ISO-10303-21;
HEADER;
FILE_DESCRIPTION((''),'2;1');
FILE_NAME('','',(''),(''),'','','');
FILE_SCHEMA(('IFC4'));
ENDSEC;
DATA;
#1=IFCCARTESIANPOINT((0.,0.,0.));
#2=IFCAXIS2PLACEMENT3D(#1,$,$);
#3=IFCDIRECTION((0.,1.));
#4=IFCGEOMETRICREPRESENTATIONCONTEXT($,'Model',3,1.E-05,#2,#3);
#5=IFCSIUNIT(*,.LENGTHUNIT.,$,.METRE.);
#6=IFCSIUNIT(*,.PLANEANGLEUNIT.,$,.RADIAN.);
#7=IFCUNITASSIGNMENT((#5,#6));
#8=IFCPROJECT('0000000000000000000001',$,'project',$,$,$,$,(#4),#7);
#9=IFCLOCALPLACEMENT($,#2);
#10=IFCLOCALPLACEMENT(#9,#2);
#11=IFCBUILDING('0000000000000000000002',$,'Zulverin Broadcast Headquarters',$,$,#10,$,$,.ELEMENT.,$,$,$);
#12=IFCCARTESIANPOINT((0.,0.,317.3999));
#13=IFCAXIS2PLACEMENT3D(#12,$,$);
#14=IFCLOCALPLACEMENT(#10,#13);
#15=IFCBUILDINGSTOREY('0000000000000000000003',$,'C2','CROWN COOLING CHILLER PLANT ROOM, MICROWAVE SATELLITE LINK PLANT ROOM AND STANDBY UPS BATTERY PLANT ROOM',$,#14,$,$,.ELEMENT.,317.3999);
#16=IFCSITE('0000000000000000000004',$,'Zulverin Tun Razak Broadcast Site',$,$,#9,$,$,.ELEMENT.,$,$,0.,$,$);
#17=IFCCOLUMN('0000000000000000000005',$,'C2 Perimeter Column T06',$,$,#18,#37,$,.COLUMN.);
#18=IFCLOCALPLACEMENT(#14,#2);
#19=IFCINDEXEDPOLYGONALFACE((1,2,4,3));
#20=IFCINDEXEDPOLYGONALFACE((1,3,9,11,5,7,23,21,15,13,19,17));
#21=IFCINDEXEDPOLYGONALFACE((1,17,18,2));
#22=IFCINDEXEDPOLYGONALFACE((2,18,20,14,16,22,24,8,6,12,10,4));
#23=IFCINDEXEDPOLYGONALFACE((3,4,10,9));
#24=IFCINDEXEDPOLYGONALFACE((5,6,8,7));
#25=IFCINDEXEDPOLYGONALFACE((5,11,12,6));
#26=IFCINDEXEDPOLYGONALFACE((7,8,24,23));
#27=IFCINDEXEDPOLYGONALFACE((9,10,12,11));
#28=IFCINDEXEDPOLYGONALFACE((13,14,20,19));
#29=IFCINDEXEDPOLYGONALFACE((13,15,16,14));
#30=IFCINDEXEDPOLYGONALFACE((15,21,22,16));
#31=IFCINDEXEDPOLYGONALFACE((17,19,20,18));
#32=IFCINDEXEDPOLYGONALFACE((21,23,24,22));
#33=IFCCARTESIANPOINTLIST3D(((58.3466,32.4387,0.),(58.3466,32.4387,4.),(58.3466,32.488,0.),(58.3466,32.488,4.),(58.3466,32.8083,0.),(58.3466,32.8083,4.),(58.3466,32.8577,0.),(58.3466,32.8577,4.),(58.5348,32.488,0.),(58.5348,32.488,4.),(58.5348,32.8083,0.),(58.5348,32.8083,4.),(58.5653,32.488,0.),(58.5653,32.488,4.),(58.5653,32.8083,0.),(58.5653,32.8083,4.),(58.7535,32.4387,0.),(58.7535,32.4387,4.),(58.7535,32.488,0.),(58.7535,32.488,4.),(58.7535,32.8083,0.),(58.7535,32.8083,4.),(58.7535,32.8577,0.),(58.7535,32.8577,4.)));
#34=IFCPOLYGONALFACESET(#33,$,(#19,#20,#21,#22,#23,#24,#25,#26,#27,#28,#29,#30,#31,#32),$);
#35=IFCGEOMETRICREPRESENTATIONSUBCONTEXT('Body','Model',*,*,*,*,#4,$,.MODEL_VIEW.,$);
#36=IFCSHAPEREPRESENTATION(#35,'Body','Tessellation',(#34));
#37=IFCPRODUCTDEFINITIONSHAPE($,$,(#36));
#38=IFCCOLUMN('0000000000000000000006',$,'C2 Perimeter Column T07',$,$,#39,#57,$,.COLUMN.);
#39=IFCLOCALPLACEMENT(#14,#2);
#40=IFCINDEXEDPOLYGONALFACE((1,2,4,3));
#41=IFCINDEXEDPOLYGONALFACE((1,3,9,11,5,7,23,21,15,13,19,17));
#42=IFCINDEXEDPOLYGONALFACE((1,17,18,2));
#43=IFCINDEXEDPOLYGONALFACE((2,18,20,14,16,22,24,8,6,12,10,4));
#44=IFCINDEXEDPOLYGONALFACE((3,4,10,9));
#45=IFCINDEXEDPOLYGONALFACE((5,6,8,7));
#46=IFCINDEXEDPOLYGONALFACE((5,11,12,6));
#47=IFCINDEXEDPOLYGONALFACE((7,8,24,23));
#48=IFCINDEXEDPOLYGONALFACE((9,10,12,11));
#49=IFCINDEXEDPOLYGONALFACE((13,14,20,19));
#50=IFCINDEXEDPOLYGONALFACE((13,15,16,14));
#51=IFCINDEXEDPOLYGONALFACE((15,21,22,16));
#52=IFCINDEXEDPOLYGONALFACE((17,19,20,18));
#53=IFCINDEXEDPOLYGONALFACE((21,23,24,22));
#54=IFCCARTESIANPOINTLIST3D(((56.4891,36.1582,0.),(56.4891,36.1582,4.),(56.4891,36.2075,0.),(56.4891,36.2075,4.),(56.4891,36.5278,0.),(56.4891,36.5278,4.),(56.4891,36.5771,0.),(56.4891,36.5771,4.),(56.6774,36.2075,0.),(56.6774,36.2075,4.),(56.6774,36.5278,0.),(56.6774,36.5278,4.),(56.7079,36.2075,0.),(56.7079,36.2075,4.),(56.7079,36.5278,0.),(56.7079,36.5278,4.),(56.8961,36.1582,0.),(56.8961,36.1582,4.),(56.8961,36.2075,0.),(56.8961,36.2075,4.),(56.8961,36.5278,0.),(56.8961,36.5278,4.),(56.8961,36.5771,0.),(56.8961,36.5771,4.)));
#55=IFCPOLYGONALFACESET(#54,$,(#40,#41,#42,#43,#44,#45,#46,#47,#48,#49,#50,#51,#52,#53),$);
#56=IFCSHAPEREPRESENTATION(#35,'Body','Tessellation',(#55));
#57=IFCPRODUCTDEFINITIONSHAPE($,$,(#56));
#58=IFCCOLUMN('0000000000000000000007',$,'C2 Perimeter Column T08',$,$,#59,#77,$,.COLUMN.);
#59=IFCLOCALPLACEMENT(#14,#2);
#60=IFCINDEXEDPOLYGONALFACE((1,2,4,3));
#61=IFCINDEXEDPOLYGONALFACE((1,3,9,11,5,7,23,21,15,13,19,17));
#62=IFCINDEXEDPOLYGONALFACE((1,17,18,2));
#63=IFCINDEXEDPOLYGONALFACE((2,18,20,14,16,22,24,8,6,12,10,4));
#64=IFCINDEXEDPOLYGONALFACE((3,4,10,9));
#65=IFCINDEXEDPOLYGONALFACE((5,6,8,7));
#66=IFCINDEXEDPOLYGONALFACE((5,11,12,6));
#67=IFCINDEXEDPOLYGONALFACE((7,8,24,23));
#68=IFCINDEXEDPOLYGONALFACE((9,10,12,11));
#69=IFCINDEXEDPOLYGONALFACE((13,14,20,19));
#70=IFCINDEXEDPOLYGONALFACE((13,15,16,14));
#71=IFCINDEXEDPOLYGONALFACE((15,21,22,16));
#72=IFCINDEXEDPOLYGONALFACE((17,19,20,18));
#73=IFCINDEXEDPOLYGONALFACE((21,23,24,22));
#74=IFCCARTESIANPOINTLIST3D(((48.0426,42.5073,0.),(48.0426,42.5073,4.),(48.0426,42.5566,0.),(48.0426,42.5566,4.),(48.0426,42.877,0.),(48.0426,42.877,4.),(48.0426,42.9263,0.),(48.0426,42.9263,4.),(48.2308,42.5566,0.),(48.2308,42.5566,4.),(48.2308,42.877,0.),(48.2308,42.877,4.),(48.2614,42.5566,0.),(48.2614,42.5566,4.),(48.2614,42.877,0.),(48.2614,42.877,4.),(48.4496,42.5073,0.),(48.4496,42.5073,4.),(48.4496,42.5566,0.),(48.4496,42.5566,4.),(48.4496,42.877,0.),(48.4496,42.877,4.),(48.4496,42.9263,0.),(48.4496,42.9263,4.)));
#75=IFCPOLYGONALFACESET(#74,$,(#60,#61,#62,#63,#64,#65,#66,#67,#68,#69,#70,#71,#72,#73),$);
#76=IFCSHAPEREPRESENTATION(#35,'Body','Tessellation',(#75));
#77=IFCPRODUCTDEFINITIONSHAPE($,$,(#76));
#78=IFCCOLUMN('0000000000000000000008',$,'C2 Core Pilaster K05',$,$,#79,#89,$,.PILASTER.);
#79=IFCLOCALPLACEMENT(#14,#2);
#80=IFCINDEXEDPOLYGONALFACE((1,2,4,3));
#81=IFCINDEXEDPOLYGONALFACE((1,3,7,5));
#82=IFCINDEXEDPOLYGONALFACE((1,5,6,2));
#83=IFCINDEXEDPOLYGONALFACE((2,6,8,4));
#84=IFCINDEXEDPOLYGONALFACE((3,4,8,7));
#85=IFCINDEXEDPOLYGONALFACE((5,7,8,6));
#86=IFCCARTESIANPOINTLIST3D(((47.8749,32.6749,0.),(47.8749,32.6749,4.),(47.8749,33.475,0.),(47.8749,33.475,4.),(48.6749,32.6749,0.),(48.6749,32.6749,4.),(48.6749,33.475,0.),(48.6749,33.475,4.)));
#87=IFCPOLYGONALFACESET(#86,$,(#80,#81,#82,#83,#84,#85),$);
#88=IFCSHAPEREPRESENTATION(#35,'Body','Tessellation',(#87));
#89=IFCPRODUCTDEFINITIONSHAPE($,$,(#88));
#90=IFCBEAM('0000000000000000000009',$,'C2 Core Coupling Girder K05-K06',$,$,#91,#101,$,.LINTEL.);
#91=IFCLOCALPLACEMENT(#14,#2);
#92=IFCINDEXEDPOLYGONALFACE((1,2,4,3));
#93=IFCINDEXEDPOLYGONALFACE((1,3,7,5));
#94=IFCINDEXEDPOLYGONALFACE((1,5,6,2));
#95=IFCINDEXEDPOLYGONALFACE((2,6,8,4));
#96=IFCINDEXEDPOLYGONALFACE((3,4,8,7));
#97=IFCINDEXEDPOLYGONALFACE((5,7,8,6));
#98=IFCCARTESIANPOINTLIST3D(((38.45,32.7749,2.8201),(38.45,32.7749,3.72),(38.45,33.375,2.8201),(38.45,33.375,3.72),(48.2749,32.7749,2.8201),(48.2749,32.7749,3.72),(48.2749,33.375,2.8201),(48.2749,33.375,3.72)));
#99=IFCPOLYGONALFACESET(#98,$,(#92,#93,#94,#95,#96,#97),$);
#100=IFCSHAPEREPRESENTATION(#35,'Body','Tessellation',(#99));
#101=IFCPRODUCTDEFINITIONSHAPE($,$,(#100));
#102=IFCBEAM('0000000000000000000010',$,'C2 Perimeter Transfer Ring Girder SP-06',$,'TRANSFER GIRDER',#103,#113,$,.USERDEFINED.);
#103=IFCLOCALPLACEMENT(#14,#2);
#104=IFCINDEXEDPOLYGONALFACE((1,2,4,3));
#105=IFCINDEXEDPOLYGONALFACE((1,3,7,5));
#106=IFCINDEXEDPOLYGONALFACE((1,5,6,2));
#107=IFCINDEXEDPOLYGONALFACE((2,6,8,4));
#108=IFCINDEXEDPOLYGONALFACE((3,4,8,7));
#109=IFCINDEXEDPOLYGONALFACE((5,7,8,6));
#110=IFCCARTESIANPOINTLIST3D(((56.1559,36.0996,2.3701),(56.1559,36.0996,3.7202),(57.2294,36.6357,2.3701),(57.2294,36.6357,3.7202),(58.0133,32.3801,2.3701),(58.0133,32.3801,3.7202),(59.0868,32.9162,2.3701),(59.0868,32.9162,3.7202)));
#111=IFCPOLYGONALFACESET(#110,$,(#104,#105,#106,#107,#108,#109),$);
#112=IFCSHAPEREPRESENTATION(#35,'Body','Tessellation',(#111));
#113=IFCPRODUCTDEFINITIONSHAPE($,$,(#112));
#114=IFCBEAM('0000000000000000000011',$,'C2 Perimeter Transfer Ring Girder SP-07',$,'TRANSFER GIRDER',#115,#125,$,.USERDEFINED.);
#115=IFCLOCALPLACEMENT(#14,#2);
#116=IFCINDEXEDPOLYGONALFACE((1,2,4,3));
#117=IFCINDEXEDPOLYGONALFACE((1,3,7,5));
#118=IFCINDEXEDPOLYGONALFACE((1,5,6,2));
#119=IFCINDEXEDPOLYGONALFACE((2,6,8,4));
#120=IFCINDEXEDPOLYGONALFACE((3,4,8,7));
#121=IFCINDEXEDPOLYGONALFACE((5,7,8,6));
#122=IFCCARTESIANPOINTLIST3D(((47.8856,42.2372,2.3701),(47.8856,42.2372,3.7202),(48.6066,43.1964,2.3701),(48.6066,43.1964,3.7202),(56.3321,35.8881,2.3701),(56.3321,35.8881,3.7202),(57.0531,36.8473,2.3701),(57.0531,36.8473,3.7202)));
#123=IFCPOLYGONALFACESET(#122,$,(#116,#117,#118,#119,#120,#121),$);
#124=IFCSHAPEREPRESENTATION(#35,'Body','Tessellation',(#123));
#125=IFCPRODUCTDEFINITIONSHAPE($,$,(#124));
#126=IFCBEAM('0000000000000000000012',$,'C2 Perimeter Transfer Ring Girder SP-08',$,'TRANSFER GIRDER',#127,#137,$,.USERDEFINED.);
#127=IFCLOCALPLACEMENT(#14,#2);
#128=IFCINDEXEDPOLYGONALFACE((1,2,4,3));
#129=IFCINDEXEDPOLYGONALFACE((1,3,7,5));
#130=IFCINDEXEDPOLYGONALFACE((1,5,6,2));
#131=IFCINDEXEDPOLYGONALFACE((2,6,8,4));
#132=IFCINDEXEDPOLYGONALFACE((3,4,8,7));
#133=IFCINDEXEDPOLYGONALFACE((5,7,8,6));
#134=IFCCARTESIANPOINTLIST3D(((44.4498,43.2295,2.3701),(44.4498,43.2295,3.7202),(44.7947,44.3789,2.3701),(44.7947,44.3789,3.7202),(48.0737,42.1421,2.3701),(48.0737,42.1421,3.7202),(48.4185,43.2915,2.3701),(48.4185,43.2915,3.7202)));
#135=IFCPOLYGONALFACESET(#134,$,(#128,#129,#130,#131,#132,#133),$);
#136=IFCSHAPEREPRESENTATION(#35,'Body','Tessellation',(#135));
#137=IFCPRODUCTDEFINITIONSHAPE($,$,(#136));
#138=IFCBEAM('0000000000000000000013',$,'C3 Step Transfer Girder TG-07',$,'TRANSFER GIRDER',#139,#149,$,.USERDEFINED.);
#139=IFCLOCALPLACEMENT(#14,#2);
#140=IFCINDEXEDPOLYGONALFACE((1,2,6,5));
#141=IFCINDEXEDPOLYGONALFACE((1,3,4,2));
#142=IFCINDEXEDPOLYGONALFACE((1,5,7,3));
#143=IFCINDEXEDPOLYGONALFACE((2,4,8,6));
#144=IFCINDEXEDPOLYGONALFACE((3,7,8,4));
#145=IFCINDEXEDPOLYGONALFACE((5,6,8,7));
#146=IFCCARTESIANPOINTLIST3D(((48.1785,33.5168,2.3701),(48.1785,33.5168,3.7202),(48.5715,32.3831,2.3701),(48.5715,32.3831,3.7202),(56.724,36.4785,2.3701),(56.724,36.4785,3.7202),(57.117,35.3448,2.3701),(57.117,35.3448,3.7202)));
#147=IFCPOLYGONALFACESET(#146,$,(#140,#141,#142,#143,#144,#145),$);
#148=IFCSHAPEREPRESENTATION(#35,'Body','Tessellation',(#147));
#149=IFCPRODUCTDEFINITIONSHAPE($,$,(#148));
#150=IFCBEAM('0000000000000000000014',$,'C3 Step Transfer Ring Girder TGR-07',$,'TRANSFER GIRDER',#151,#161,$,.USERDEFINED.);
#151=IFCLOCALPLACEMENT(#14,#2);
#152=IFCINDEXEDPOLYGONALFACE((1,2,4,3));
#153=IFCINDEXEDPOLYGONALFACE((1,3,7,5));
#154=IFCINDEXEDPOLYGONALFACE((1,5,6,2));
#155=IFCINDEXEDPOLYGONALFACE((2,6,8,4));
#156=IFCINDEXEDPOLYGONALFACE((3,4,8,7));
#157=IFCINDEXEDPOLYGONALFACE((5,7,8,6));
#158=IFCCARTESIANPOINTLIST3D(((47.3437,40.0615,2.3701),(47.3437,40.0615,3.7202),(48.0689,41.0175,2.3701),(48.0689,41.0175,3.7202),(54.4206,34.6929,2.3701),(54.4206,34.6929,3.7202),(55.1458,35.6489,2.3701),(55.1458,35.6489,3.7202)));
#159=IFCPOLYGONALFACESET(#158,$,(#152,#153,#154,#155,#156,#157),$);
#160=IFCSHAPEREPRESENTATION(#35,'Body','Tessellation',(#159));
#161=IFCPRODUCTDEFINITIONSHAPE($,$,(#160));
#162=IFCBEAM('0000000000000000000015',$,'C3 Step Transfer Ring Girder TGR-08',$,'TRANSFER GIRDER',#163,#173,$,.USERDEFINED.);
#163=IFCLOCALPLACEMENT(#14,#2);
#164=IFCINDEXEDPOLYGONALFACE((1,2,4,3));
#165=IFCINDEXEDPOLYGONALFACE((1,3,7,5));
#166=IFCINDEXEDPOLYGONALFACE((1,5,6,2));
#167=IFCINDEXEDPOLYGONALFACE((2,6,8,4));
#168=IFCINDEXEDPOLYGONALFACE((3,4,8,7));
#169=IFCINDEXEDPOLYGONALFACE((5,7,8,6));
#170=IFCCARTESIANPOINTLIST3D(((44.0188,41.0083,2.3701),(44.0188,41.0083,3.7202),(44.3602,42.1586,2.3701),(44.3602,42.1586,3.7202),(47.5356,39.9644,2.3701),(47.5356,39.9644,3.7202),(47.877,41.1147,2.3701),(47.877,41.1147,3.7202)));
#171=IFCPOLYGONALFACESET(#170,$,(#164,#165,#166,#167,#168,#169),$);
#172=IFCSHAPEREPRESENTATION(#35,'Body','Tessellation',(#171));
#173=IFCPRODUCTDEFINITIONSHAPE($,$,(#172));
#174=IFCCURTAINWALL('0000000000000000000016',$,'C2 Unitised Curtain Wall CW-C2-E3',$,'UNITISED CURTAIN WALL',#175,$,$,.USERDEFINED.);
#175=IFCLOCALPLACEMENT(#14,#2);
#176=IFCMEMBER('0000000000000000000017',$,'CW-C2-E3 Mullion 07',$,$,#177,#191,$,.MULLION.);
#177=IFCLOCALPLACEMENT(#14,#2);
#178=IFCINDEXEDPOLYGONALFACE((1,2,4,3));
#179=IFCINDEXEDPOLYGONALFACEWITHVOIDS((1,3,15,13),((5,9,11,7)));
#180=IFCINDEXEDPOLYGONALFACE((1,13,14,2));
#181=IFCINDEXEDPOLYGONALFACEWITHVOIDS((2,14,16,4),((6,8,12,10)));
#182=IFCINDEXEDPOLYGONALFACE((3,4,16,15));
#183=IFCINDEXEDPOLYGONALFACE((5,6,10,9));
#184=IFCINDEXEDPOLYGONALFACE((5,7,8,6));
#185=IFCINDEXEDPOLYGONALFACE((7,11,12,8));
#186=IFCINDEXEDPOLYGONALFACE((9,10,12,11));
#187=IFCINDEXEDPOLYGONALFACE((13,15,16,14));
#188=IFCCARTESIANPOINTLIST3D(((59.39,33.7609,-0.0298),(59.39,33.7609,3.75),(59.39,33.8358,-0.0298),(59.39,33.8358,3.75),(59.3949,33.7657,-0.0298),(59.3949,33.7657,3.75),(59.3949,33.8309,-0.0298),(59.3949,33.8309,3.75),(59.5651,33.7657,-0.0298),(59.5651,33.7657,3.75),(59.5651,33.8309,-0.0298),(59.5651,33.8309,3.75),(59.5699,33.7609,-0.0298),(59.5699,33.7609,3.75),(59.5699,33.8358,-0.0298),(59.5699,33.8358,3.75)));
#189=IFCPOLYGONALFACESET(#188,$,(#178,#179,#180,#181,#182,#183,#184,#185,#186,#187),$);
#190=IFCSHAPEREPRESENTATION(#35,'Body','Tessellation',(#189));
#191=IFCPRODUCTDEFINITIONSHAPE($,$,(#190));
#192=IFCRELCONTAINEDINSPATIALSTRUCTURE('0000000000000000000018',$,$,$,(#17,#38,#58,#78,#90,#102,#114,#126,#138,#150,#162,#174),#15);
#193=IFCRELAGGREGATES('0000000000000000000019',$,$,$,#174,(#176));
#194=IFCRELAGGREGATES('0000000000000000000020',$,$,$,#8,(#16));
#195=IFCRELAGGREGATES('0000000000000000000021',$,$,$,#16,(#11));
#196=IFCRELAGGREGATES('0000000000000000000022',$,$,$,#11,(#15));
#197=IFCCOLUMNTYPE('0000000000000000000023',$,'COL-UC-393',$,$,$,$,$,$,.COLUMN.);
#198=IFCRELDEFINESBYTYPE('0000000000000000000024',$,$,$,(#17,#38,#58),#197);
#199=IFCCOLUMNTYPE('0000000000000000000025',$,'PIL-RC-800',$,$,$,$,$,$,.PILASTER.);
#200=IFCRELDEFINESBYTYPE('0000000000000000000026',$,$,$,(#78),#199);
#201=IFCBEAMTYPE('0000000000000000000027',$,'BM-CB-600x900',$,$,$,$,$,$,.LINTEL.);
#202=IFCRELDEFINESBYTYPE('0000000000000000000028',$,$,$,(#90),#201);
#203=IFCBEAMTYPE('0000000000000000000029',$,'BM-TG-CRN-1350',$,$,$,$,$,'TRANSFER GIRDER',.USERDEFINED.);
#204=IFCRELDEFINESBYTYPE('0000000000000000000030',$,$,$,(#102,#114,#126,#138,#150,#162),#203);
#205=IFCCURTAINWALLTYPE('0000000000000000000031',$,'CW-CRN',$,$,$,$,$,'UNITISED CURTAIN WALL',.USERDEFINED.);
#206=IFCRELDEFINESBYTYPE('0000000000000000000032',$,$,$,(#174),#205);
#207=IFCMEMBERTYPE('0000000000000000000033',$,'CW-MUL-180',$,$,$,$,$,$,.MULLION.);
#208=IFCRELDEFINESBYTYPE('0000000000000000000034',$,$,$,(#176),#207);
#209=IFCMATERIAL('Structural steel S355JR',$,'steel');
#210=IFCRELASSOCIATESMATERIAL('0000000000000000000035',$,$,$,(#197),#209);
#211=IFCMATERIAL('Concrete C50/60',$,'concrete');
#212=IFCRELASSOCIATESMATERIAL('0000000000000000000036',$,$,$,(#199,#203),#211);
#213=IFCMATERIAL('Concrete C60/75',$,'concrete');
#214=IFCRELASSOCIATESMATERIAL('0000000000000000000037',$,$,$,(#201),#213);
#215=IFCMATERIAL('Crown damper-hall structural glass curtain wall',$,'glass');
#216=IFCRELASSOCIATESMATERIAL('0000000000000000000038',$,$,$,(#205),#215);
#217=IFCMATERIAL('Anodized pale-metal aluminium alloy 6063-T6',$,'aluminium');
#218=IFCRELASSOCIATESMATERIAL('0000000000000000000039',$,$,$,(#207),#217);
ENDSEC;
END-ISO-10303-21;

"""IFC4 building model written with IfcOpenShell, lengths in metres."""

from ifc_helpers import new_model, si_unit, direction, frame, origin, origin_2d, place, context, subcontext, project, spatial, rectangle, hollow_rectangle, i_section, extrude, material, material_profile, profile_set, type_object, element, aggregate, save


model = new_model("IFC4")

# Units and contexts
model_context = context("Model", 3, precision=1e-05, world=origin(), true_north=direction((0.0, 1.0)))
body_context = subcontext(model_context, "Body", "Model", "MODEL_VIEW")
ifc_project = project(units=[si_unit("LENGTHUNIT", "METRE"), si_unit("PLANEANGLEUNIT", "RADIAN")], contexts=[model_context])

# Site, building, storey
site_placement = place(None, origin())
site = spatial("IfcSite", under=ifc_project, at=site_placement, Name="Zulverin Tun Razak Broadcast Site", CompositionType="ELEMENT", RefElevation=0.0)
building_placement = place(site_placement, origin())
building = spatial("IfcBuilding", under=site, at=building_placement, Name="Zulverin Broadcast Headquarters", CompositionType="ELEMENT")
storey_placement = place(building_placement, frame((0.0, 0.0, 317.3999)))
storey = spatial("IfcBuildingStorey", under=building, at=storey_placement, Name="C2", Description="CROWN COOLING CHILLER PLANT ROOM, MICROWAVE SATELLITE LINK PLANT ROOM AND STANDBY UPS BATTERY PLANT ROOM", CompositionType="ELEMENT", Elevation=317.3999)

# Columns
ifc_material_1 = material(Name="Structural steel S355JR", Category="steel")
ifc_material_profile_1 = material_profile(ifc_material_1, i_section(OverallWidth=0.407, OverallDepth=0.4189, WebThickness=0.0305, FlangeThickness=0.0493, at=origin_2d()), Name="Structural steel S355JR", Category="steel")
ifc_profile_set_1 = profile_set([ifc_material_profile_1], Name="Structural steel S355JR")
column_type_1 = type_object("IfcColumnType", Name="COL-UC-393", PredefinedType="COLUMN", material=ifc_profile_set_1)
for number, where, z_axis, x_axis, name in (
    (1, (58.55, 32.6482, 0.0), (0.0, 0.0, 1.0), (1.0, 0.0, 0.0), "C2 Perimeter Column T06"),
    (2, (56.6926, 36.3677, 0.0), (0.0, 0.0, 1.0), (1.0, 0.0, 0.0), "C2 Perimeter Column T07"),
    (3, (48.2461, 42.7168, 0.0), (0.0, 0.0, 1.0), (1.0, 0.0, 0.0), "C2 Perimeter Column T08"),
):
    element("IfcColumn", number, at=place(storey_placement, frame(where, z_axis=z_axis, x_axis=x_axis)), inside=storey, type_object=column_type_1, Name=name, PredefinedType="COLUMN", context=body_context, shape_type="SweptSolid", body=[
        extrude(i_section(OverallWidth=0.407, OverallDepth=0.4189, WebThickness=0.0305, FlangeThickness=0.0493, at=origin_2d()), origin(), (0.0, 0.0, 1.0), 4.0),
    ])
ifc_material_2 = material(Name="Concrete C50/60", Category="concrete")
ifc_material_profile_2 = material_profile(ifc_material_2, rectangle(XDim=0.8, YDim=0.8, at=origin_2d()), Name="Concrete C50/60", Category="concrete")
ifc_profile_set_2 = profile_set([ifc_material_profile_2], Name="Concrete C50/60")
column_type_2 = type_object("IfcColumnType", Name="PIL-RC-800", PredefinedType="PILASTER", material=ifc_profile_set_2)
column_placement = place(storey_placement, frame((48.2749, 33.075, 0.0), z_axis=(0.0, 0.0, 1.0), x_axis=(1.0, 0.0, 0.0)))
element("IfcColumn", 4, at=column_placement, inside=storey, type_object=column_type_2, Name="C2 Core Pilaster K05", PredefinedType="PILASTER", context=body_context, shape_type="SweptSolid", body=[
    extrude(rectangle(XDim=0.8, YDim=0.8, at=origin_2d()), origin(), (0.0, 0.0, 1.0), 4.0),
])

# Beams
ifc_material_3 = material(Name="Concrete C60/75", Category="concrete")
ifc_material_profile_3 = material_profile(ifc_material_3, rectangle(XDim=0.6001, YDim=0.8999, at=origin_2d()), Name="Concrete C60/75", Category="concrete")
ifc_profile_set_3 = profile_set([ifc_material_profile_3], Name="Concrete C60/75")
beam_type_1 = type_object("IfcBeamType", Name="BM-CB-600x900", PredefinedType="LINTEL", material=ifc_profile_set_3)
beam_1_placement = place(storey_placement, frame((48.2749, 33.075, 3.27), z_axis=(-1.0, 0.0, 0.0), x_axis=(0.0, -1.0, 0.0)))
element("IfcBeam", 5, at=beam_1_placement, inside=storey, type_object=beam_type_1, Name="C2 Core Coupling Girder K05-K06", PredefinedType="LINTEL", context=body_context, shape_type="SweptSolid", body=[
    extrude(rectangle(XDim=0.6001, YDim=0.8999, at=origin_2d()), origin(), (0.0, 0.0, 1.0), 9.825),
])
ifc_material_profile_4 = material_profile(ifc_material_2, rectangle(XDim=1.2, YDim=1.3501, at=origin_2d()), Name="Concrete C50/60", Category="concrete")
ifc_profile_set_4 = profile_set([ifc_material_profile_4], Name="Concrete C50/60")
beam_type_2 = type_object("IfcBeamType", Name="BM-TG-CRN-1350", ElementType="TRANSFER GIRDER", PredefinedType="USERDEFINED", material=ifc_profile_set_4)
beam_2_placement = place(storey_placement, frame((58.55, 32.6482, 3.0452), z_axis=(-0.446767, 0.89465, 0.0), x_axis=(-0.89465, -0.446767, 0.0)))
element("IfcBeam", 6, at=beam_2_placement, inside=storey, type_object=beam_type_2, Name="C2 Perimeter Transfer Ring Girder SP-06", ObjectType="TRANSFER GIRDER", PredefinedType="USERDEFINED", context=body_context, shape_type="SweptSolid", body=[
    extrude(rectangle(XDim=1.2, YDim=1.3501, at=origin_2d()), origin(), (0.0, 0.0, 1.0), 4.1575),
])
beam_3_placement = place(storey_placement, frame((56.6926, 36.3677, 3.0452), z_axis=(-0.799354, 0.600861, 0.0), x_axis=(-0.600861, -0.799354, 0.0)))
element("IfcBeam", 7, at=beam_3_placement, inside=storey, type_object=beam_type_2, Name="C2 Perimeter Transfer Ring Girder SP-07", ObjectType="TRANSFER GIRDER", PredefinedType="USERDEFINED", context=body_context, shape_type="SweptSolid", body=[
    extrude(rectangle(XDim=1.2, YDim=1.3501, at=origin_2d()), origin(), (0.0, 0.0, 1.0), 10.5667),
])
beam_4_placement = place(storey_placement, frame((48.2461, 42.7168, 3.0452), z_axis=(-0.957807, 0.287413, 0.0), x_axis=(-0.287413, -0.957807, 0.0)))
element("IfcBeam", 8, at=beam_4_placement, inside=storey, type_object=beam_type_2, Name="C2 Perimeter Transfer Ring Girder SP-08", ObjectType="TRANSFER GIRDER", PredefinedType="USERDEFINED", context=body_context, shape_type="SweptSolid", body=[
    extrude(rectangle(XDim=1.2, YDim=1.3501, at=origin_2d()), origin(), (0.0, 0.0, 1.0), 3.7834),
])
beam_5_placement = place(storey_placement, frame((48.375, 32.95, 3.0452), z_axis=(0.944861, 0.32747, 0.0), x_axis=(-0.32747, 0.944861, 0.0)))
element("IfcBeam", 9, at=beam_5_placement, inside=storey, type_object=beam_type_2, Name="C3 Step Transfer Girder TG-07", ObjectType="TRANSFER GIRDER", PredefinedType="USERDEFINED", context=body_context, shape_type="SweptSolid", body=[
    extrude(rectangle(XDim=1.2, YDim=1.3501, at=origin_2d()), origin(), (0.0, 0.0, 1.0), 9.0442),
])
beam_6_placement = place(storey_placement, frame((54.7832, 35.1709, 3.0452), z_axis=(-0.796693, 0.604384, 0.0), x_axis=(-0.604384, -0.796693, 0.0)))
element("IfcBeam", 10, at=beam_6_placement, inside=storey, type_object=beam_type_2, Name="C3 Step Transfer Ring Girder TGR-07", ObjectType="TRANSFER GIRDER", PredefinedType="USERDEFINED", context=body_context, shape_type="SweptSolid", body=[
    extrude(rectangle(XDim=1.2, YDim=1.3501, at=origin_2d()), origin(), (0.0, 0.0, 1.0), 8.8828),
])
beam_7_placement = place(storey_placement, frame((47.7063, 40.5396, 3.0452), z_axis=(-0.958656, 0.284569, 0.0), x_axis=(-0.284569, -0.958656, 0.0)))
element("IfcBeam", 11, at=beam_7_placement, inside=storey, type_object=beam_type_2, Name="C3 Step Transfer Ring Girder TGR-08", ObjectType="TRANSFER GIRDER", PredefinedType="USERDEFINED", context=body_context, shape_type="SweptSolid", body=[
    extrude(rectangle(XDim=1.2, YDim=1.3501, at=origin_2d()), origin(), (0.0, 0.0, 1.0), 3.6685),
])

# Curtain wall, member
ifc_material_4 = material(Name="Crown damper-hall structural glass curtain wall", Category="glass")
curtain_wall_type = type_object("IfcCurtainWallType", Name="CW-CRN", ElementType="UNITISED CURTAIN WALL", PredefinedType="USERDEFINED", material=ifc_material_4)
curtain_wall_placement = place(storey_placement, origin())
curtain_wall = element("IfcCurtainWall", 12, at=curtain_wall_placement, inside=storey, type_object=curtain_wall_type, Name="C2 Unitised Curtain Wall CW-C2-E3", ObjectType="UNITISED CURTAIN WALL", PredefinedType="USERDEFINED")
ifc_material_5 = material(Name="Anodized pale-metal aluminium alloy 6063-T6", Category="aluminium")
ifc_material_profile_5 = material_profile(ifc_material_5, hollow_rectangle(XDim=0.075, YDim=0.1799, WallThickness=0.0049, at=origin_2d()), Name="Anodized pale-metal aluminium alloy 6063-T6", Category="aluminium")
ifc_profile_set_5 = profile_set([ifc_material_profile_5], Name="Anodized pale-metal aluminium alloy 6063-T6")
member_type = type_object("IfcMemberType", Name="CW-MUL-180", PredefinedType="MULLION", material=ifc_profile_set_5)
member_placement = place(storey_placement, frame((59.48, 33.7983, -0.0298), z_axis=(0.0, 0.0, 1.0), x_axis=(0.0, 1.0, 0.0)))
member = element("IfcMember", 13, at=member_placement, type_object=member_type, Name="CW-C2-E3 Mullion 07", PredefinedType="MULLION", context=body_context, shape_type="SweptSolid", body=[
    extrude(hollow_rectangle(XDim=0.075, YDim=0.1799, WallThickness=0.0049, at=origin_2d()), origin(), (0.0, 0.0, 1.0), 3.7798),
])
aggregate(curtain_wall, [member])

save(model, "model.ifc")
